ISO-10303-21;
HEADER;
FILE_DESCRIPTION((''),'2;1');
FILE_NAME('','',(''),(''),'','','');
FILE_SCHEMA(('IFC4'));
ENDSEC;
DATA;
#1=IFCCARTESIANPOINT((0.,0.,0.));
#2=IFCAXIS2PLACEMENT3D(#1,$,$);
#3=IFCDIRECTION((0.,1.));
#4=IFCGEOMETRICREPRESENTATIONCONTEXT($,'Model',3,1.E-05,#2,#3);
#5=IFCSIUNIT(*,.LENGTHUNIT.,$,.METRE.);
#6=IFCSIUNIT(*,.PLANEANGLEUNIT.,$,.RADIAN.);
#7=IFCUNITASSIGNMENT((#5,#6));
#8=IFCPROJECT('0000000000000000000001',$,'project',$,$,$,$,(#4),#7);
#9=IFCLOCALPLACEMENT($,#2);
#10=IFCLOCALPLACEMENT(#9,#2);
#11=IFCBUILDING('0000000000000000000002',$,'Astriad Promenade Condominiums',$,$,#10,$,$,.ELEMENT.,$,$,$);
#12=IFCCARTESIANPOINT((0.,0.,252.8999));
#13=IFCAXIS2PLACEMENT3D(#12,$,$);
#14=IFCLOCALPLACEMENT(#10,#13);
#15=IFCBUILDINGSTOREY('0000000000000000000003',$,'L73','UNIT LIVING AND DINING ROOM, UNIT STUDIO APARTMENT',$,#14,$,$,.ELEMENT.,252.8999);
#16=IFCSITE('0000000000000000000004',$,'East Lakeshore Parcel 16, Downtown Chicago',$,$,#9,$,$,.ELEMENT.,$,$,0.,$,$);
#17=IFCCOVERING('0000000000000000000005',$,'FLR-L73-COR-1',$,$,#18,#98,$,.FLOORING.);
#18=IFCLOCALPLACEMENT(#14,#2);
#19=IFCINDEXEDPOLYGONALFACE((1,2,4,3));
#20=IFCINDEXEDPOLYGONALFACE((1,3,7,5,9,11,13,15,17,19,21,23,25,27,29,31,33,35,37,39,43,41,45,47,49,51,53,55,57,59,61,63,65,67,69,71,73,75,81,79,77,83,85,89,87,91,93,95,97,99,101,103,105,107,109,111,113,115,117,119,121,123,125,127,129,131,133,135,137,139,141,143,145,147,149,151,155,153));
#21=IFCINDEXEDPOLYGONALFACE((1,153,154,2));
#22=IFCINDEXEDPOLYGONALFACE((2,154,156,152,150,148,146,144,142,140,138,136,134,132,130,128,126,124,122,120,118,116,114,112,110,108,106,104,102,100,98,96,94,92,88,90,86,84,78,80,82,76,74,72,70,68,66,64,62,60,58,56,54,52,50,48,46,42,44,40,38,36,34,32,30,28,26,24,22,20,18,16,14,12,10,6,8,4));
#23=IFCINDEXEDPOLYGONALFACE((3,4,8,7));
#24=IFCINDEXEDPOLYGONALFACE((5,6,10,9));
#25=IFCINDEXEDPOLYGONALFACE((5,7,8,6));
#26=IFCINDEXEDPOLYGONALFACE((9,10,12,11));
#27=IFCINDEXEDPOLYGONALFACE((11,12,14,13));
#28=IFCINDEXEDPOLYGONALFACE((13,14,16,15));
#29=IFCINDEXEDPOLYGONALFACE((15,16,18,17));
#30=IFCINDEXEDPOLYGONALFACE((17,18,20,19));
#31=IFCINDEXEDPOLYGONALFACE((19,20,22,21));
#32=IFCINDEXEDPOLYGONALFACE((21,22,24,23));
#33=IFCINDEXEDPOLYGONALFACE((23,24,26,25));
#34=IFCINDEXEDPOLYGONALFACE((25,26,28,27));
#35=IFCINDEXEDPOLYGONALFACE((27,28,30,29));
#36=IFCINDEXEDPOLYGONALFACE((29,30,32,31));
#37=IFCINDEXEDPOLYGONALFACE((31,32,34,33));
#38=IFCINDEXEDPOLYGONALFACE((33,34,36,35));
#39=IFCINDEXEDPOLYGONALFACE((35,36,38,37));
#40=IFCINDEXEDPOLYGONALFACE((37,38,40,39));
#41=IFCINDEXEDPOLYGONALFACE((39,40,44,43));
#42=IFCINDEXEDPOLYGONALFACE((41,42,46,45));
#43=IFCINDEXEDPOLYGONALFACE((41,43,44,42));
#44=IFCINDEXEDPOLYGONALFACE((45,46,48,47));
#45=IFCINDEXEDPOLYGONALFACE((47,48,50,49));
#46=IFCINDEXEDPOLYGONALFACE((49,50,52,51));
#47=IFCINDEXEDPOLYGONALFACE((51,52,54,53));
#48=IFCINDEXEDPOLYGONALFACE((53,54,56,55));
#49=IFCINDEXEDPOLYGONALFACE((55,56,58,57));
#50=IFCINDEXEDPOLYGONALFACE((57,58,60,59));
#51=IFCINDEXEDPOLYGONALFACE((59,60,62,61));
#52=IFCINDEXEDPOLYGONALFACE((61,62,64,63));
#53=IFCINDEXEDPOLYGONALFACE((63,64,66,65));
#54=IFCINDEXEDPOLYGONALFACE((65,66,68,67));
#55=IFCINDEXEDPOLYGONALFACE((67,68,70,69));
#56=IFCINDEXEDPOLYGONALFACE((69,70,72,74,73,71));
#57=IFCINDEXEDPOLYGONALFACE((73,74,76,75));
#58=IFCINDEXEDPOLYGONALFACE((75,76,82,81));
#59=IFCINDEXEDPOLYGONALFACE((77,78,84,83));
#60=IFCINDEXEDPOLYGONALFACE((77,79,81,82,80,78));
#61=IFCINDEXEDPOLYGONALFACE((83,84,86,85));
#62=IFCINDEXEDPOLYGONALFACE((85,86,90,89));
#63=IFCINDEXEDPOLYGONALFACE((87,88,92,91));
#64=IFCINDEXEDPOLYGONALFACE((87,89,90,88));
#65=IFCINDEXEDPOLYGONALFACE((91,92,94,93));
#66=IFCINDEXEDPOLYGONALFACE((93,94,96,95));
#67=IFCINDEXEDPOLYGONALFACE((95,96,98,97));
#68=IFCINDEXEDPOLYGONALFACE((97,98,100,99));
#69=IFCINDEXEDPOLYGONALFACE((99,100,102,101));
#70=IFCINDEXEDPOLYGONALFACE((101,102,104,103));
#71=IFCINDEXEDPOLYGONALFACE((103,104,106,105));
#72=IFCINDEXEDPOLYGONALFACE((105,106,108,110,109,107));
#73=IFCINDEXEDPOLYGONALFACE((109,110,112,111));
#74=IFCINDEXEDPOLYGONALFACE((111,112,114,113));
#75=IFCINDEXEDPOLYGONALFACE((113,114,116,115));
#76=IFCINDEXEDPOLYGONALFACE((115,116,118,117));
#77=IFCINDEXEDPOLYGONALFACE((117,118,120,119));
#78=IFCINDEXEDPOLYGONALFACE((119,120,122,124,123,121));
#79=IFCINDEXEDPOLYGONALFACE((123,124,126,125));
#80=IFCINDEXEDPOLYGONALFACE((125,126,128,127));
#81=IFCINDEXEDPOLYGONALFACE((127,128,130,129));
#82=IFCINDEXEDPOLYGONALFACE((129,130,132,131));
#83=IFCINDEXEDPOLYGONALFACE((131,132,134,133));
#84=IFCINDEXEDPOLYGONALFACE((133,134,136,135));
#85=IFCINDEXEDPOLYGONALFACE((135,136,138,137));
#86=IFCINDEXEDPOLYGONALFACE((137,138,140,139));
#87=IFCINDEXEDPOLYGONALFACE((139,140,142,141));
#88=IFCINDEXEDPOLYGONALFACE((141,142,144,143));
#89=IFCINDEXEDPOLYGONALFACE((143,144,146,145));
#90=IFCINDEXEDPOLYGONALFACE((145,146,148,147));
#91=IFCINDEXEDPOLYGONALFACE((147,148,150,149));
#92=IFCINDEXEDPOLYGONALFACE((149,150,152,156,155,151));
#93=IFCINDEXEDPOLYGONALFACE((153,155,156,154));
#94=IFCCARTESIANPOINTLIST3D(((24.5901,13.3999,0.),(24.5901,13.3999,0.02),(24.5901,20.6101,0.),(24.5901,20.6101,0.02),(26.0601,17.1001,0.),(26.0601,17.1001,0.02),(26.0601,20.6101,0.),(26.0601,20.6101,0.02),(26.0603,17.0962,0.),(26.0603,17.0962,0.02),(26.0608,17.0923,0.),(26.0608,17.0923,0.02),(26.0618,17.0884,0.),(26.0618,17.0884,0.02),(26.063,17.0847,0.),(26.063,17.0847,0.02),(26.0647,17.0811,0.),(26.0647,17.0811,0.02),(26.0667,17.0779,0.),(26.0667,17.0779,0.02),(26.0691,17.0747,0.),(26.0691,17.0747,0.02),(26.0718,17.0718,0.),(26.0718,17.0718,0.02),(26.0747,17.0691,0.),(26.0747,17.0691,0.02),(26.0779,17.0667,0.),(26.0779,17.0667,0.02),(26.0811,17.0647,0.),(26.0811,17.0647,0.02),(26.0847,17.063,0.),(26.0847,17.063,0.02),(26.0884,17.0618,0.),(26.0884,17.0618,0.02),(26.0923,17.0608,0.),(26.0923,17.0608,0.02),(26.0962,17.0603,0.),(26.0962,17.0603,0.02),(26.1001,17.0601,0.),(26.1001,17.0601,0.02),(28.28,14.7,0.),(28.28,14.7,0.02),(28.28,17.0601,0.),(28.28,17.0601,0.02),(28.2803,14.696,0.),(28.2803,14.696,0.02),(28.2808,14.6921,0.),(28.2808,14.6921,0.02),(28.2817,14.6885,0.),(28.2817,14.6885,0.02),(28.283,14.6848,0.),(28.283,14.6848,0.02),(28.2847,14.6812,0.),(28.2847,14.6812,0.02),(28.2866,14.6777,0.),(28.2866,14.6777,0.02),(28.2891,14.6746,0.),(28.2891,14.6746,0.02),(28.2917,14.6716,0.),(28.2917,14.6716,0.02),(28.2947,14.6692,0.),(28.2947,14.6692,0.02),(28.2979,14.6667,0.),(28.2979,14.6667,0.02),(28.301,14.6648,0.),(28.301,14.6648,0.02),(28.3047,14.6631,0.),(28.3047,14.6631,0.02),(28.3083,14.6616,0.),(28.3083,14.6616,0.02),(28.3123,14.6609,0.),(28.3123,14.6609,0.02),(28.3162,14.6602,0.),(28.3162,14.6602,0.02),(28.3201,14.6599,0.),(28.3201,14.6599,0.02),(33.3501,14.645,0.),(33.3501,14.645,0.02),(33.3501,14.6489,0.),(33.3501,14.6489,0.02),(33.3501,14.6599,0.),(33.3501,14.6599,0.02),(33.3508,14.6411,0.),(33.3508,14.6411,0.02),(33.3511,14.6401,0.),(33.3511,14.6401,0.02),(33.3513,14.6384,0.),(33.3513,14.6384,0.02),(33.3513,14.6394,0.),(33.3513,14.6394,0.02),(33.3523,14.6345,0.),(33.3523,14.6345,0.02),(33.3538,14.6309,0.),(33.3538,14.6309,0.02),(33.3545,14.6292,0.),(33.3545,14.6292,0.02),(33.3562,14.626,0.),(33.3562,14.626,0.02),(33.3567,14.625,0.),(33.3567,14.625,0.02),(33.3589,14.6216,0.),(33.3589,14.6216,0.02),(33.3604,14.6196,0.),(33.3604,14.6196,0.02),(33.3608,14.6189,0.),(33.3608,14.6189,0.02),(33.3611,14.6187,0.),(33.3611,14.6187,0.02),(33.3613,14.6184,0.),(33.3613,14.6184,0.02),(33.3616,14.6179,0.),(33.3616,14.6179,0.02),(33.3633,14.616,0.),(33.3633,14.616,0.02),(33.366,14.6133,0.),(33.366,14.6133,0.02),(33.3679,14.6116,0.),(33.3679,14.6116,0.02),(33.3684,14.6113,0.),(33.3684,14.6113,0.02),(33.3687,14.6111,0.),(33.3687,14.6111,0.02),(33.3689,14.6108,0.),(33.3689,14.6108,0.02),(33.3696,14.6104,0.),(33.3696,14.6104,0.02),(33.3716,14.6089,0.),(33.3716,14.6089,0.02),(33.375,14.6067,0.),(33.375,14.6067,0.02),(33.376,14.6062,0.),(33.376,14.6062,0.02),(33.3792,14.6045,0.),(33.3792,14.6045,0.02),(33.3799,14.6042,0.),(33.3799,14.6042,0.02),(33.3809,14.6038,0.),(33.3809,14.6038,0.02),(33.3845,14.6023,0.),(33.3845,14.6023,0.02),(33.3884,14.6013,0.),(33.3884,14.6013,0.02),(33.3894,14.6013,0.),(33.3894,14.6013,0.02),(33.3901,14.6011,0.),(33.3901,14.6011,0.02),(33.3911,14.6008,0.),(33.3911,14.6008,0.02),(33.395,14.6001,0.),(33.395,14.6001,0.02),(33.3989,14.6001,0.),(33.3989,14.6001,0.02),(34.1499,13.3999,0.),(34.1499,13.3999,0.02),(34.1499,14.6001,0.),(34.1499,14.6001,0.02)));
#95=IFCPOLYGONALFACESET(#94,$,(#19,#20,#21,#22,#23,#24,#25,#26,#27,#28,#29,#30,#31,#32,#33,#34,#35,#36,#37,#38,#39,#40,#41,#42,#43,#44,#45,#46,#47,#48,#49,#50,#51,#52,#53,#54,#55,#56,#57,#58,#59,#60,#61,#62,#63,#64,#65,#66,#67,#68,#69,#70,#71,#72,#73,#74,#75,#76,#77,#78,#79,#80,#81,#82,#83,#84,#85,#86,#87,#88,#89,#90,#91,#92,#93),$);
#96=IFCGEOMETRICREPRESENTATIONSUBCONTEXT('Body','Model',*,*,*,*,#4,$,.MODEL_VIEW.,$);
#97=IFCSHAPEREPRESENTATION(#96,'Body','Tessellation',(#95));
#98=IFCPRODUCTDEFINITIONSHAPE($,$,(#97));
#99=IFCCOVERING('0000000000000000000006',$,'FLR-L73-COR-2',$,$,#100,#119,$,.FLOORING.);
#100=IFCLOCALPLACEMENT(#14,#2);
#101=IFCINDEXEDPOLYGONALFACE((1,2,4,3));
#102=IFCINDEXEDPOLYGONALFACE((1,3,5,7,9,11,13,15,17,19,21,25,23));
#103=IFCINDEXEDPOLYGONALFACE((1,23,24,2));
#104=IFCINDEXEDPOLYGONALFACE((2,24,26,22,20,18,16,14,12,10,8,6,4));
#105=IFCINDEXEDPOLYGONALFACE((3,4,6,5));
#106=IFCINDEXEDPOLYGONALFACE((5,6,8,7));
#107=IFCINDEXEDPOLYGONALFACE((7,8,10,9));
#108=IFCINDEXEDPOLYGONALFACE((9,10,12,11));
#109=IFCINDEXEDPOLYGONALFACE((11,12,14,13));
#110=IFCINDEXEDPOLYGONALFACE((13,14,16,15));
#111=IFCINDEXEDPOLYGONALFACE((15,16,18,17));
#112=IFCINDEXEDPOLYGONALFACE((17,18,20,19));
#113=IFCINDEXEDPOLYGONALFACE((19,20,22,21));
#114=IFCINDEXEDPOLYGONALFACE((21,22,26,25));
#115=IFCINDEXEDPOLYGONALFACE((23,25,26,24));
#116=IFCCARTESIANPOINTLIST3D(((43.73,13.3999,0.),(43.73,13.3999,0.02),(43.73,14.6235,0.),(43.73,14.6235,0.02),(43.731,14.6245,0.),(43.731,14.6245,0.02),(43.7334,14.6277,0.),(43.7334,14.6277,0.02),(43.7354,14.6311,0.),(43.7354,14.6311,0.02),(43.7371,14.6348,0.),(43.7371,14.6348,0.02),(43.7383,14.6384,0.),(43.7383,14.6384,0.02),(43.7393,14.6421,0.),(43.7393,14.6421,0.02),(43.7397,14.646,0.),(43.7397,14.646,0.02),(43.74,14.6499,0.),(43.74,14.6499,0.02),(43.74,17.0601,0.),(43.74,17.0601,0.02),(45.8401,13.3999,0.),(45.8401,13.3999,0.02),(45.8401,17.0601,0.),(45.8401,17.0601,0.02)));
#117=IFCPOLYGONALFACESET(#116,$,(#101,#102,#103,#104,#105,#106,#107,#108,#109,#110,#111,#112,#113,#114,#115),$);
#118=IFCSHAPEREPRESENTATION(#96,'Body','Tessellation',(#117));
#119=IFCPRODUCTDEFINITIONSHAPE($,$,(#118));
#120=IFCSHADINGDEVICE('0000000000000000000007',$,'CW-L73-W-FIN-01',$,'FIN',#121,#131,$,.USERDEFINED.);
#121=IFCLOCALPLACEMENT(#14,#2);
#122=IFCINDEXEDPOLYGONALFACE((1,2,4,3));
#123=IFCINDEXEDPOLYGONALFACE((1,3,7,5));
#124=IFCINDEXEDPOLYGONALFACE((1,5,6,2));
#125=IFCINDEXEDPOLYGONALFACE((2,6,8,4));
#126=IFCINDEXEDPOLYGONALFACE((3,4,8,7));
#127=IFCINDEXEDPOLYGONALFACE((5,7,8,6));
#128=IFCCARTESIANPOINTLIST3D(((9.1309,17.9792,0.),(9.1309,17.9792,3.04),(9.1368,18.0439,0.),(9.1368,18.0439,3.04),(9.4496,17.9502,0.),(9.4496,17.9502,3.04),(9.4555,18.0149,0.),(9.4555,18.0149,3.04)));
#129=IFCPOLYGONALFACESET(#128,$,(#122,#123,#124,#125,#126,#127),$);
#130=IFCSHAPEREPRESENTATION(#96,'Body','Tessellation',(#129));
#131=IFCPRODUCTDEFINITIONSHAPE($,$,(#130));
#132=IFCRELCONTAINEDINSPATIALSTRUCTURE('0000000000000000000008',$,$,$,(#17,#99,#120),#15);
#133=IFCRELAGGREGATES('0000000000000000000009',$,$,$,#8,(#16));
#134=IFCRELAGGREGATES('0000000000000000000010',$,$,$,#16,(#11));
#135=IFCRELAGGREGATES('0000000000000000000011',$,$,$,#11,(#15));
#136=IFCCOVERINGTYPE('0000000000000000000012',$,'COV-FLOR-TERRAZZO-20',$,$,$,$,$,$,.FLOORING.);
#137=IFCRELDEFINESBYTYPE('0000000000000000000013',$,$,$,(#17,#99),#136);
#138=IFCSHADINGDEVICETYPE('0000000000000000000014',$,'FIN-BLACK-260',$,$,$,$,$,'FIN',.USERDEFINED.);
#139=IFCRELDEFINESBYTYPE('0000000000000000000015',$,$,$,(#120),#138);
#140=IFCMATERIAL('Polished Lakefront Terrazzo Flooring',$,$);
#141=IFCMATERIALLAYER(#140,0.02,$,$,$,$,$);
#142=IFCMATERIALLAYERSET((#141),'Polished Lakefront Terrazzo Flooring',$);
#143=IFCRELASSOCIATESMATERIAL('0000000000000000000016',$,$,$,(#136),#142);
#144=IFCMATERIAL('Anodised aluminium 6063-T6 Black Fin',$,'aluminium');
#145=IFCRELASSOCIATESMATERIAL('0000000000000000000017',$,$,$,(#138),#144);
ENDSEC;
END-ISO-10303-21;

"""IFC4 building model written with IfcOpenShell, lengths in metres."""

from ifc_helpers import new_model, si_unit, direction, frame, origin, origin_2d, place, context, subcontext, project, spatial, polyline, rectangle, outline, extrude, source, transform, mapped, material, layer, layer_set, type_object, type_shapes, element, save


model = new_model("IFC4")

# Units and contexts
model_context = context("Model", 3, precision=1e-05, world=origin(), true_north=direction((0.0, 1.0)))
body_context = subcontext(model_context, "Body", "Model", "MODEL_VIEW")
ifc_project = project(units=[si_unit("LENGTHUNIT", "METRE"), si_unit("PLANEANGLEUNIT", "RADIAN")], contexts=[model_context])

# Site, building, storey
site_placement = place(None, origin())
site = spatial("IfcSite", under=ifc_project, at=site_placement, Name="East Lakeshore Parcel 16, Downtown Chicago", CompositionType="ELEMENT", RefElevation=0.0)
building_placement = place(site_placement, origin())
building = spatial("IfcBuilding", under=site, at=building_placement, Name="Astriad Promenade Condominiums", CompositionType="ELEMENT")
storey_placement = place(building_placement, frame((0.0, 0.0, 252.8999)))
storey = spatial("IfcBuildingStorey", under=building, at=storey_placement, Name="L73", Description="UNIT LIVING AND DINING ROOM, UNIT STUDIO APARTMENT", CompositionType="ELEMENT", Elevation=252.8999)

# Coverings
ifc_material_1 = material(Name="Polished Lakefront Terrazzo Flooring")
ifc_layer_1 = layer(ifc_material_1, 0.02)
ifc_layer_set_1 = layer_set([ifc_layer_1], Name="Polished Lakefront Terrazzo Flooring")
covering_type = type_object("IfcCoveringType", Name="COV-FLOR-TERRAZZO-20", PredefinedType="FLOORING", material=ifc_layer_set_1)
covering_1_placement = place(storey_placement, origin())
element("IfcCovering", 1, at=covering_1_placement, inside=storey, type_object=covering_type, Name="FLR-L73-COR-1", PredefinedType="FLOORING", context=body_context, shape_type="SweptSolid", body=[
    extrude(outline(polyline([(24.5901, 13.3999), (24.5901, 20.6101), (26.0601, 20.6101), (26.0601, 17.1001), (26.0603, 17.0962), (26.0608, 17.0923), (26.0618, 17.0884), (26.063, 17.0847), (26.0647, 17.0811), (26.0667, 17.0779), (26.0691, 17.0747), (26.0718, 17.0718), (26.0747, 17.0691), (26.0779, 17.0667), (26.0811, 17.0647), (26.0847, 17.063), (26.0884, 17.0618), (26.0923, 17.0608), (26.0962, 17.0603), (26.1001, 17.0601), (28.28, 17.0601), (28.28, 14.7), (28.2803, 14.696), (28.2808, 14.6921), (28.2817, 14.6885), (28.283, 14.6848), (28.2847, 14.6812), (28.2866, 14.6777), (28.2891, 14.6746), (28.2917, 14.6716), (28.2947, 14.6692), (28.2979, 14.6667), (28.301, 14.6648), (28.3047, 14.6631), (28.3083, 14.6616), (28.3123, 14.6609), (28.3162, 14.6602), (28.3201, 14.6599), (33.3501, 14.6599), (33.3501, 14.6489), (33.3501, 14.645), (33.3508, 14.6411), (33.3511, 14.6401), (33.3513, 14.6394), (33.3513, 14.6384), (33.3523, 14.6345), (33.3538, 14.6309), (33.3545, 14.6292), (33.3562, 14.626), (33.3567, 14.625), (33.3589, 14.6216), (33.3604, 14.6196), (33.3608, 14.6189), (33.3611, 14.6187), (33.3613, 14.6184), (33.3616, 14.6179), (33.3633, 14.616), (33.366, 14.6133), (33.3679, 14.6116), (33.3684, 14.6113), (33.3687, 14.6111), (33.3689, 14.6108), (33.3696, 14.6104), (33.3716, 14.6089), (33.375, 14.6067), (33.376, 14.6062), (33.3792, 14.6045), (33.3799, 14.6042), (33.3809, 14.6038), (33.3845, 14.6023), (33.3884, 14.6013), (33.3894, 14.6013), (33.3901, 14.6011), (33.3911, 14.6008), (33.395, 14.6001), (33.3989, 14.6001), (34.1499, 14.6001), (34.1499, 13.3999), (24.5901, 13.3999)])), origin(), (0.0, 0.0, 1.0), 0.02),
])
covering_2_placement = place(storey_placement, origin())
element("IfcCovering", 2, at=covering_2_placement, inside=storey, type_object=covering_type, Name="FLR-L73-COR-2", PredefinedType="FLOORING", context=body_context, shape_type="SweptSolid", body=[
    extrude(outline(polyline([(43.73, 14.6235), (43.731, 14.6245), (43.7334, 14.6277), (43.7354, 14.6311), (43.7371, 14.6348), (43.7383, 14.6384), (43.7393, 14.6421), (43.7397, 14.646), (43.74, 14.6499), (43.74, 17.0601), (45.8401, 17.0601), (45.8401, 13.3999), (43.73, 13.3999), (43.73, 14.6235)])), origin(), (0.0, 0.0, 1.0), 0.02),
])

# Shading device
ifc_material_2 = material(Name="Anodised aluminium 6063-T6 Black Fin", Category="aluminium")
shading_device_type = type_object("IfcShadingDeviceType", Name="FIN-BLACK-260", ElementType="FIN", PredefinedType="USERDEFINED", material=ifc_material_2)
shared_shape_1 = source(origin(), body_context, "Body", "SweptSolid", [
    extrude(rectangle(XDim=0.0649, YDim=0.3201, at=origin_2d()), origin(), (0.0, 0.0, 1.0), 3.04),
])
type_shapes(shading_device_type, [shared_shape_1])
shading_device_placement = place(storey_placement, frame((9.2932, 17.9971, 0.0), z_axis=(0.0, 0.0, 1.0), x_axis=(0.090633, 0.995884, 0.0)))
element("IfcShadingDevice", 3, at=shading_device_placement, inside=storey, type_object=shading_device_type, Name="CW-L73-W-FIN-01", ObjectType="FIN", PredefinedType="USERDEFINED", context=body_context, shape_type="MappedRepresentation", body=[
    mapped(shared_shape_1, transform((0.0, 0.0, 0.0), scale=1.0)),
])

save(model, "model.ifc")
